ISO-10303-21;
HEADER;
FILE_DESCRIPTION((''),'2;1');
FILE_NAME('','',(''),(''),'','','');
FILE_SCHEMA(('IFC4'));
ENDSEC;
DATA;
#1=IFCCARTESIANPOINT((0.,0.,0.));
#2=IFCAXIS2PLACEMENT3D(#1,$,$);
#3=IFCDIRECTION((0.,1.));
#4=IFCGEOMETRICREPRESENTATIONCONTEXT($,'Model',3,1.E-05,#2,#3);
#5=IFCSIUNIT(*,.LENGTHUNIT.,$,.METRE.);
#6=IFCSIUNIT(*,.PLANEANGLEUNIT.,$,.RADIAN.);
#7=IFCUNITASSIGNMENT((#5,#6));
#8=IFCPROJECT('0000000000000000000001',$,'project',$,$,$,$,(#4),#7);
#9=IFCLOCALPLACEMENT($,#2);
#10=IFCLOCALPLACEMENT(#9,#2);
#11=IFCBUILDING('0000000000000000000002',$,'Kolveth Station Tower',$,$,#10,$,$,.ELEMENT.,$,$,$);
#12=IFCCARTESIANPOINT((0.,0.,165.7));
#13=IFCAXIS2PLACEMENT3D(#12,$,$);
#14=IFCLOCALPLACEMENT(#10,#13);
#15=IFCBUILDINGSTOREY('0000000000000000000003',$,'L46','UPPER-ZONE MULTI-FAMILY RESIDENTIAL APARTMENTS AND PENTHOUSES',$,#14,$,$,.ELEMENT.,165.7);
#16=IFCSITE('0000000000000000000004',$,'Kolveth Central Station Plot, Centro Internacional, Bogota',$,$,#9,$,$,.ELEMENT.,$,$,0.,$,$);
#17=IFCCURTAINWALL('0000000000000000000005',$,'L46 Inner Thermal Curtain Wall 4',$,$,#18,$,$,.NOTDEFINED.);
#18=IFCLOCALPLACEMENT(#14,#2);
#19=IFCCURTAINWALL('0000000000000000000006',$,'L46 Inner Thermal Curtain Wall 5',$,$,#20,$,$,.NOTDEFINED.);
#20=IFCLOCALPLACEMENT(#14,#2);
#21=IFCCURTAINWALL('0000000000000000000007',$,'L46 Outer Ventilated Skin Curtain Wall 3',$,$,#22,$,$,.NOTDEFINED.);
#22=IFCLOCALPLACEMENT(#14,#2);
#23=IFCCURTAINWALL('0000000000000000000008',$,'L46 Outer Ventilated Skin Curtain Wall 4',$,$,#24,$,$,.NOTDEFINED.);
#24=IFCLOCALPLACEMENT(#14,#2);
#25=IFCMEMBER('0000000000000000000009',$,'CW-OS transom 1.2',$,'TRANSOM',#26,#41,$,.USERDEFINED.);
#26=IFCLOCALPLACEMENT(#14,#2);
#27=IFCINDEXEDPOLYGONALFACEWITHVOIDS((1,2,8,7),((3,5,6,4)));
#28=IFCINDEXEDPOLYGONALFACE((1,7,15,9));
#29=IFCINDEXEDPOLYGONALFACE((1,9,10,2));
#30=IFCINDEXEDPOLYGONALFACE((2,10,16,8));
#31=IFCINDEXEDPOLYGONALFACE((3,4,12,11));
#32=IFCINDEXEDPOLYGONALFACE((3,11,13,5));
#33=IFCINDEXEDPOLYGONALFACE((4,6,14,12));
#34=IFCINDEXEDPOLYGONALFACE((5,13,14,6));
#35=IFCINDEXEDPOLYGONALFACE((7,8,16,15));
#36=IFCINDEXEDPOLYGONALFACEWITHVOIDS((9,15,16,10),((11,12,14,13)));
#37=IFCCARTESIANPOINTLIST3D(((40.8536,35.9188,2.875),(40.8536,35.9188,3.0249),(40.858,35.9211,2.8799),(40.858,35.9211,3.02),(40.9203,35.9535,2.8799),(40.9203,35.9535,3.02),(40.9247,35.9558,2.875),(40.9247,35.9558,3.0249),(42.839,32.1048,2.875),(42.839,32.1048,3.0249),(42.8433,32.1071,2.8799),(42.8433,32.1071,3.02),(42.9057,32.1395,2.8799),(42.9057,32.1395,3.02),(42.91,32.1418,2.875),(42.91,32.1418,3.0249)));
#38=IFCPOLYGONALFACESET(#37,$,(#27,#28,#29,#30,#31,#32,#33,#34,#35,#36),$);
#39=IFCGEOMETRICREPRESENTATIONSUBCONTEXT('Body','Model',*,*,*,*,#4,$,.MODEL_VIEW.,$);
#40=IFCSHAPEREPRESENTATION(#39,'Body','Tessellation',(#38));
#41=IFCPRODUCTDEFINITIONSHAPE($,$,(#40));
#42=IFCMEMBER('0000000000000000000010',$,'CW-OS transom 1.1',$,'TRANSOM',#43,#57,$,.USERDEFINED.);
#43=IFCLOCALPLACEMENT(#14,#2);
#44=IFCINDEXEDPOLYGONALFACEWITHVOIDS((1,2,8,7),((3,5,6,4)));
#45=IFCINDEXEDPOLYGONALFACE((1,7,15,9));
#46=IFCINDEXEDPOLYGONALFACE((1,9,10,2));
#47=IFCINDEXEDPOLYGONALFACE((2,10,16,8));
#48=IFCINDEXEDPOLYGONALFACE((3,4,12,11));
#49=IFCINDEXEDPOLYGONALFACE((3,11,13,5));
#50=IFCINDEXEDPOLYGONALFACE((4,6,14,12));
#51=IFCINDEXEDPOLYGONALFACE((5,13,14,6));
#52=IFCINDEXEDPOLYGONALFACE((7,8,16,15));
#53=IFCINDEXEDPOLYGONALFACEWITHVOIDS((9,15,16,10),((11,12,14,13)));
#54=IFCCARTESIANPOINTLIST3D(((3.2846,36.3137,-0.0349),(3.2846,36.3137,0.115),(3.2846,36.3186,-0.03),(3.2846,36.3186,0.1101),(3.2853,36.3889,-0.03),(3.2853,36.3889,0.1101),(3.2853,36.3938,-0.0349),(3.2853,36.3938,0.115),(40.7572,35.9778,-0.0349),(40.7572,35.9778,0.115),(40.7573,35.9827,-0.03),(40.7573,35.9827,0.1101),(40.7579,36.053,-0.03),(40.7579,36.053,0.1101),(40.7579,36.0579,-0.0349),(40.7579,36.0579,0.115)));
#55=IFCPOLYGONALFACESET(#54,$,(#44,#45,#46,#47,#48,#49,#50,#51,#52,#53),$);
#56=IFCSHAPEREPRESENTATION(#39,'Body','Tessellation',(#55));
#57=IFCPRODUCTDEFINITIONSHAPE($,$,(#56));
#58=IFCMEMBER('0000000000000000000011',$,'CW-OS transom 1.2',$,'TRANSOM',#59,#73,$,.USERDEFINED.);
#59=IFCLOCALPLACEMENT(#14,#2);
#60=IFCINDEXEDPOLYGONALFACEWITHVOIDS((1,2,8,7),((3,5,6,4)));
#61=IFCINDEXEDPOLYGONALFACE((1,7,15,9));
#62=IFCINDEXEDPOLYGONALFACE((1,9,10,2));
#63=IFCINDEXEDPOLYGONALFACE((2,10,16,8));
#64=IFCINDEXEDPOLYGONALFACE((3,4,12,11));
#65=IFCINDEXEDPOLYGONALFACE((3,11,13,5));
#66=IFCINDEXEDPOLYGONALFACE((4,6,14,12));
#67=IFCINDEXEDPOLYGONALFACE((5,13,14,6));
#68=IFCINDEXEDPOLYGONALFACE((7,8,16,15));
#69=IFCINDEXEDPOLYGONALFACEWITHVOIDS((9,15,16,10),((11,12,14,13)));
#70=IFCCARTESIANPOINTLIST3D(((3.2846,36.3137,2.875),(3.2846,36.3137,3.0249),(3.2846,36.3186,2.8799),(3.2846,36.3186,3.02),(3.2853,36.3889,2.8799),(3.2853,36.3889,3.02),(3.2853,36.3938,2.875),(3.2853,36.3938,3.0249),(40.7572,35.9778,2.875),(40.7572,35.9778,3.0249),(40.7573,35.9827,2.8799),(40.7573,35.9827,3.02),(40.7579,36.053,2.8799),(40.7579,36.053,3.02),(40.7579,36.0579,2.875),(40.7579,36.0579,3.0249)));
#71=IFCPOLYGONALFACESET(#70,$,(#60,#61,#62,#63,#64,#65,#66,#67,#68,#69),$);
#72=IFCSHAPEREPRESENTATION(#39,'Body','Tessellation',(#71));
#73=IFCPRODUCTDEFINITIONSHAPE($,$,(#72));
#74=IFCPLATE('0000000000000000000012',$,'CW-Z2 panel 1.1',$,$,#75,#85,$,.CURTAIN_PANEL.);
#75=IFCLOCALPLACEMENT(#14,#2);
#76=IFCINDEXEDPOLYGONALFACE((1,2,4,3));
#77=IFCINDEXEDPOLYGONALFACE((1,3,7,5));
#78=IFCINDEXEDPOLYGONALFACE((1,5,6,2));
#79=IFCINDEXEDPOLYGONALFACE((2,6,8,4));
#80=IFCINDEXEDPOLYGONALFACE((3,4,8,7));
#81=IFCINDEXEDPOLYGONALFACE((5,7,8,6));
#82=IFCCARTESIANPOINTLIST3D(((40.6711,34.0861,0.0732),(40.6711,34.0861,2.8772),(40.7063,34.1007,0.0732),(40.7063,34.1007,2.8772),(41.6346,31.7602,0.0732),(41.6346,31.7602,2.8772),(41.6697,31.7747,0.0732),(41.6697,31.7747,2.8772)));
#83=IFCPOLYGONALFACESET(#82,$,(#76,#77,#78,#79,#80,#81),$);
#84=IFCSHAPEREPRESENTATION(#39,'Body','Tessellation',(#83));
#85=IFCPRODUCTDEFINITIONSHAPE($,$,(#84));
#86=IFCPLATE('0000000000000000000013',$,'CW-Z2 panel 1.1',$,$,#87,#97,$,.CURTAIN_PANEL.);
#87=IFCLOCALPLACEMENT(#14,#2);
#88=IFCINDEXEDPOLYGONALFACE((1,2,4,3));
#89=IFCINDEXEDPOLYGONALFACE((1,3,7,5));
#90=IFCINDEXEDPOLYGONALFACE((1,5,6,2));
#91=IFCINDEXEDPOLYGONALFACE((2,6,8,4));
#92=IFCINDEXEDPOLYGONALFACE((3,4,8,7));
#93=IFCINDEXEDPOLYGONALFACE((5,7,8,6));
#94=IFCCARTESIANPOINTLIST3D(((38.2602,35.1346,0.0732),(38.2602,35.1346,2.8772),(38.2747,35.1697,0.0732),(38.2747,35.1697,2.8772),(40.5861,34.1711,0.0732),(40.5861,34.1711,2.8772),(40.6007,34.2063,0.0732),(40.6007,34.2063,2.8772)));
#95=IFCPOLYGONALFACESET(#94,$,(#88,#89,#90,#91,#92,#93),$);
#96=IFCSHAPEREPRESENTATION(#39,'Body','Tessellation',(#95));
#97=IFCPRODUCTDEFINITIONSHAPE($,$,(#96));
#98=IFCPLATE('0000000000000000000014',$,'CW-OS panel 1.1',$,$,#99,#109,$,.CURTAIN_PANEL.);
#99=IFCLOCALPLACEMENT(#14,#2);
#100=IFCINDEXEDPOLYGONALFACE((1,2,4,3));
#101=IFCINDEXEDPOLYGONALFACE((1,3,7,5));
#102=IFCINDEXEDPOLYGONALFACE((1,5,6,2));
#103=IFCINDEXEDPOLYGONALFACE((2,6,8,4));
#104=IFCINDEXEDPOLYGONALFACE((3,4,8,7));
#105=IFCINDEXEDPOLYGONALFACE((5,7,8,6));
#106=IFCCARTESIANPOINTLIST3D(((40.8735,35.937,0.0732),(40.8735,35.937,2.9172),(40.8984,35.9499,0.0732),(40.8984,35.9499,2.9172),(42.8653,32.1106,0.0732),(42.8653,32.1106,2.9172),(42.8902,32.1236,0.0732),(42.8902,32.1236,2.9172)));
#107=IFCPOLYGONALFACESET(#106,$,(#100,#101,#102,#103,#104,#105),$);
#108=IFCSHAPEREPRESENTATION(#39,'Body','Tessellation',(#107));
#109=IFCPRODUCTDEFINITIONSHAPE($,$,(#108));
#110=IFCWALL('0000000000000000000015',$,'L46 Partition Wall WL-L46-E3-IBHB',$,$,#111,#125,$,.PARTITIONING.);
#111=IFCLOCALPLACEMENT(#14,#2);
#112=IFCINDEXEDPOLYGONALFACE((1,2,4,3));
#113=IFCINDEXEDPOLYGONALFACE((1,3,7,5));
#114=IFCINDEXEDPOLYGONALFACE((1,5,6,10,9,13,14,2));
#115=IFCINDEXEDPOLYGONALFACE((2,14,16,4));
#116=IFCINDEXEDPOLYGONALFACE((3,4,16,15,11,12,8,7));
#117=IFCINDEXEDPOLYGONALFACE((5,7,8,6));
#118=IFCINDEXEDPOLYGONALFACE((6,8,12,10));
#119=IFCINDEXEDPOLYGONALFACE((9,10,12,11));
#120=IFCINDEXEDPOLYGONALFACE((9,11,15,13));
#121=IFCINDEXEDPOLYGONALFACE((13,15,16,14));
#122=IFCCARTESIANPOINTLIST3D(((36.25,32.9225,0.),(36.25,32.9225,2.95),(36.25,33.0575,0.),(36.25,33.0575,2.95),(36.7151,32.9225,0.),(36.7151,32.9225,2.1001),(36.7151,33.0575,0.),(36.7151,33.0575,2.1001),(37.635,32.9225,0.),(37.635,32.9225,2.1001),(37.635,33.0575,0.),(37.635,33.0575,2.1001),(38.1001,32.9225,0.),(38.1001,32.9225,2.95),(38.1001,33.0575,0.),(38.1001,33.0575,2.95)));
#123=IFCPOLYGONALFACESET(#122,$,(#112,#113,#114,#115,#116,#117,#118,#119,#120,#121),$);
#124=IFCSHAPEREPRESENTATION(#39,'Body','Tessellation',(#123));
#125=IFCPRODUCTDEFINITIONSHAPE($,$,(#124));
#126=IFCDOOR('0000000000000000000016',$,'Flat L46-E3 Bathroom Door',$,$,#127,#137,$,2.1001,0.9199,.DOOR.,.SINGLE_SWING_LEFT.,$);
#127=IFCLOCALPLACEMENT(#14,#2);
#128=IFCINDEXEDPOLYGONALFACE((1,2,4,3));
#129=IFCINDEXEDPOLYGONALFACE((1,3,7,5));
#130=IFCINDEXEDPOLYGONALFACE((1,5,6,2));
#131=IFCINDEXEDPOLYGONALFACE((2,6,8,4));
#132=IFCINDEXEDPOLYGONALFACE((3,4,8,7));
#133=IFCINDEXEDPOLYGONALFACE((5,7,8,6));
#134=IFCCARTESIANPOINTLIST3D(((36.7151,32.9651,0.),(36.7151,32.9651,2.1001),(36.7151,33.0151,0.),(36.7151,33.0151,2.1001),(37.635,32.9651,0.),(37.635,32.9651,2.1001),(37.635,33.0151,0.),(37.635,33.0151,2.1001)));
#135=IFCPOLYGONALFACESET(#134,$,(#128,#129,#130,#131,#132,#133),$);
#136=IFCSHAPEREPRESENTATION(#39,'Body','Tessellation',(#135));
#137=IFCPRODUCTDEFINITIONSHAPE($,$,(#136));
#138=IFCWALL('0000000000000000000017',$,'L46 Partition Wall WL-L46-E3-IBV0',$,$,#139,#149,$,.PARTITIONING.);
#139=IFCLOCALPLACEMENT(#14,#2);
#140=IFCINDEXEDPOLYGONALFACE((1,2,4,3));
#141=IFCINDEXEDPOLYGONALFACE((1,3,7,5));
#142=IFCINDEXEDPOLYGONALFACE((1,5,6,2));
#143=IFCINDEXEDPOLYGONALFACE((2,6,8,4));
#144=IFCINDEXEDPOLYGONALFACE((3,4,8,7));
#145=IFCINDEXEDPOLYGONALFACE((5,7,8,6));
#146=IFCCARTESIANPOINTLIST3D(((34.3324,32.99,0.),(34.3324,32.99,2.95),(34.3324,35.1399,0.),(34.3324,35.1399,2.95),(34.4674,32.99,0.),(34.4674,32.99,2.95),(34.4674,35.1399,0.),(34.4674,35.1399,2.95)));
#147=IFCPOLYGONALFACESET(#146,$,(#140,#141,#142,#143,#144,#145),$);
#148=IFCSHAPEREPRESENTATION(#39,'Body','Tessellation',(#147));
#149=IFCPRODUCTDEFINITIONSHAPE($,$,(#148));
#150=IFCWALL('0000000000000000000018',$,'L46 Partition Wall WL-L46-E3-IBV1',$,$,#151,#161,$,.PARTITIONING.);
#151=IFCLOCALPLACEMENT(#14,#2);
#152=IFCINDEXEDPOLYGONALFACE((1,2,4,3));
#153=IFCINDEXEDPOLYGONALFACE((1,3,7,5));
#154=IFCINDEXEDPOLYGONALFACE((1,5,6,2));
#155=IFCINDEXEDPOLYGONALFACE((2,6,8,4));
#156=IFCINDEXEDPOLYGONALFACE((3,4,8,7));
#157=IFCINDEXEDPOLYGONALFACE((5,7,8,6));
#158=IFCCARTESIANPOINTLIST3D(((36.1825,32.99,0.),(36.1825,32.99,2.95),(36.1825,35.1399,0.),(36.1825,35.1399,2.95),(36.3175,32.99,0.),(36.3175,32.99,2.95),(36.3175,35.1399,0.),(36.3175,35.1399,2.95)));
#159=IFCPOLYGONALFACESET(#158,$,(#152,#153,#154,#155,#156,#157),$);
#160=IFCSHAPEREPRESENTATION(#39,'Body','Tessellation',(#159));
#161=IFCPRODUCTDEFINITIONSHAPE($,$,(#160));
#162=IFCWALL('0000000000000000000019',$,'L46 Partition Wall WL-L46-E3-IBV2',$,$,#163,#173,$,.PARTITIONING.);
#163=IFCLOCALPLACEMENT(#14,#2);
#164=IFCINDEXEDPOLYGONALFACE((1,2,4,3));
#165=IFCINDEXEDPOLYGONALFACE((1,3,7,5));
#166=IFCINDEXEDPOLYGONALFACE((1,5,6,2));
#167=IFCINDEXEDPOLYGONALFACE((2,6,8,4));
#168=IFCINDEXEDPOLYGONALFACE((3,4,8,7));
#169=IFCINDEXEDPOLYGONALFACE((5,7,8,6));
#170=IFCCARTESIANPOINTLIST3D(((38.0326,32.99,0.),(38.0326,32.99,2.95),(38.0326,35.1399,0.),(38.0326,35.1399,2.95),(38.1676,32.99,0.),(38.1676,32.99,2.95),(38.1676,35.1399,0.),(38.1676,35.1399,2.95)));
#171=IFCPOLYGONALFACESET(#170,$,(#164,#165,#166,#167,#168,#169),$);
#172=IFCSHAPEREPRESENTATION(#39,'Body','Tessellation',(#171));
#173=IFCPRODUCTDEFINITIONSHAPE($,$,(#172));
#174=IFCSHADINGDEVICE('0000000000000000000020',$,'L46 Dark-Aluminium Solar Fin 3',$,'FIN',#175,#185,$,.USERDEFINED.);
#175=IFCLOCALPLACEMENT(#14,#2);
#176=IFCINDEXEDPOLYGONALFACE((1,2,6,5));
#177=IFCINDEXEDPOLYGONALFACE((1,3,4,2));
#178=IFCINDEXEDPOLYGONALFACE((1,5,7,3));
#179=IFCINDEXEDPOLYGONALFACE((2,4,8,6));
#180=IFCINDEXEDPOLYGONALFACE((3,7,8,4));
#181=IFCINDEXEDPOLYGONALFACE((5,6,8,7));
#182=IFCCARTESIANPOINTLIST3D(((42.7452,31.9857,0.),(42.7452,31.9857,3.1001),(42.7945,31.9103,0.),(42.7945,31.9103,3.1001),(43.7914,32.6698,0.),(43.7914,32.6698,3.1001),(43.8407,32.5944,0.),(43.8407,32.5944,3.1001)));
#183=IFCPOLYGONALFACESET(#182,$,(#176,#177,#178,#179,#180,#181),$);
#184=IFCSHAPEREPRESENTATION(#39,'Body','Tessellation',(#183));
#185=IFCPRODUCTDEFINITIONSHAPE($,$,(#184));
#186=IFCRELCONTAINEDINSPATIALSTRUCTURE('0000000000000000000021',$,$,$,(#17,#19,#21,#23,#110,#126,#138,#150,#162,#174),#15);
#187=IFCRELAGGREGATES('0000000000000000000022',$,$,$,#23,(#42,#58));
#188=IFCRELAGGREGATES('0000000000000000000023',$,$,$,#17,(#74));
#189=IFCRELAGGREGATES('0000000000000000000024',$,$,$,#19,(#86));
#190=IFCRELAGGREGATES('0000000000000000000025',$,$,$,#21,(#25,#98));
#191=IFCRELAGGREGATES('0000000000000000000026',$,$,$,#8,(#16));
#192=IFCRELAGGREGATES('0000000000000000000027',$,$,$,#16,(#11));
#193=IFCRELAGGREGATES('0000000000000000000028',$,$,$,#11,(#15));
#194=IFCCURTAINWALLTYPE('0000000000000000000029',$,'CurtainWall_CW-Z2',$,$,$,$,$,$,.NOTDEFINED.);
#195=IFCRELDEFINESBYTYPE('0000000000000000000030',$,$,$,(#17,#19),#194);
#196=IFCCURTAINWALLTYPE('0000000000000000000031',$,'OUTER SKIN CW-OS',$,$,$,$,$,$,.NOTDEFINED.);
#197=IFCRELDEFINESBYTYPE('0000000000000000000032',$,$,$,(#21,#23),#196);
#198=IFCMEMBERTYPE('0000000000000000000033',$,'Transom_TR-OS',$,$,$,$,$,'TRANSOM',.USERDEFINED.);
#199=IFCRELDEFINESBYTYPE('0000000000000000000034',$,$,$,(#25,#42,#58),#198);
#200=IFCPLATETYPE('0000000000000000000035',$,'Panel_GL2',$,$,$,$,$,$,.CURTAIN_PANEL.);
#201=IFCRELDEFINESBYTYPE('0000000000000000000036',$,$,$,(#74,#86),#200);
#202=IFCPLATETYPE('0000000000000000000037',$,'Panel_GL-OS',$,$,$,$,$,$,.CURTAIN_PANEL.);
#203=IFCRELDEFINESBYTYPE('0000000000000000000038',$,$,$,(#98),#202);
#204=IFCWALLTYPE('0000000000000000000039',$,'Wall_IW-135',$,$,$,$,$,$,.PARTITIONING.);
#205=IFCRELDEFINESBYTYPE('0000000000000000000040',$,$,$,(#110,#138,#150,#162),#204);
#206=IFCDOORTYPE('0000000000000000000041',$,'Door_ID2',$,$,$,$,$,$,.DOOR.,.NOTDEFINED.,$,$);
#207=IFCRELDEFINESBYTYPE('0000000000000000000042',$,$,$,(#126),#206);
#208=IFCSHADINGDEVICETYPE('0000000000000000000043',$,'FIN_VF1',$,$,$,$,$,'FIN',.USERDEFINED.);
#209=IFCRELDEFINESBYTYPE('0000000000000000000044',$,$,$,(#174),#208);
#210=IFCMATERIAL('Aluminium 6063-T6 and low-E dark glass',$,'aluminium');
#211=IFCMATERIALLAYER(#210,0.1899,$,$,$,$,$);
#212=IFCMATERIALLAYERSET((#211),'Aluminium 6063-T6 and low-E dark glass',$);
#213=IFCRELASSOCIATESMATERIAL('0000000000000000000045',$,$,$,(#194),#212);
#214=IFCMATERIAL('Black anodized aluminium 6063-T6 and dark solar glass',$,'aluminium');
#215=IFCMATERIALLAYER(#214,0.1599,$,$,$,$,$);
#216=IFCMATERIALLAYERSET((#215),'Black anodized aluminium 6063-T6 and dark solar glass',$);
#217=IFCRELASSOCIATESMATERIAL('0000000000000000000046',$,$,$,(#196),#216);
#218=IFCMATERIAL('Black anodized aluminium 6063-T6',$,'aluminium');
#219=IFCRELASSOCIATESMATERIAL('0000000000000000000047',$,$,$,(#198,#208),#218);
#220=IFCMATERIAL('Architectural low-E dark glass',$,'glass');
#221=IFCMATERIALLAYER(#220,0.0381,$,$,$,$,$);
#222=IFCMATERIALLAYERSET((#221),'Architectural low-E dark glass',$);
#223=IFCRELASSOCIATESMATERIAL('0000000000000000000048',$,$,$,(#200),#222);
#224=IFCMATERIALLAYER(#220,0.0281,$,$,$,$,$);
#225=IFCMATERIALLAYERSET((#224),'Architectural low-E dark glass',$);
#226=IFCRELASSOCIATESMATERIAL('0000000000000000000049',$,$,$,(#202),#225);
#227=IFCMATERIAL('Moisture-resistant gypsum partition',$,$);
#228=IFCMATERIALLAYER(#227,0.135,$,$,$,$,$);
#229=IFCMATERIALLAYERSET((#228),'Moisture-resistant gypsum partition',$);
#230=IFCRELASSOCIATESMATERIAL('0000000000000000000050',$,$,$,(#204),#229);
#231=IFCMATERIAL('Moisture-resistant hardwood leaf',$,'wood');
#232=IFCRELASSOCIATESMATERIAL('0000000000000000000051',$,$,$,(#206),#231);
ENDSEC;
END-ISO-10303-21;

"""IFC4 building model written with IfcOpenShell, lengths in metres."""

from ifc_helpers import new_model, si_unit, direction, frame, frame_2d, origin, origin_2d, place, context, subcontext, project, spatial, rectangle, hollow_rectangle, extrude, source, transform, mapped, material, layer, layer_set, material_profile, profile_set, type_object, element, fill, aggregate, save


model = new_model("IFC4")

# Units and contexts
model_context = context("Model", 3, precision=1e-05, world=origin(), true_north=direction((0.0, 1.0)))
body_context = subcontext(model_context, "Body", "Model", "MODEL_VIEW")
ifc_project = project(units=[si_unit("LENGTHUNIT", "METRE"), si_unit("PLANEANGLEUNIT", "RADIAN")], contexts=[model_context])

# Site, building, storey
site_placement = place(None, origin())
site = spatial("IfcSite", under=ifc_project, at=site_placement, Name="Kolveth Central Station Plot, Centro Internacional, Bogota", CompositionType="ELEMENT", RefElevation=0.0)
building_placement = place(site_placement, origin())
building = spatial("IfcBuilding", under=site, at=building_placement, Name="Kolveth Station Tower", CompositionType="ELEMENT")
storey_placement = place(building_placement, frame((0.0, 0.0, 165.7)))
storey = spatial("IfcBuildingStorey", under=building, at=storey_placement, Name="L46", Description="UPPER-ZONE MULTI-FAMILY RESIDENTIAL APARTMENTS AND PENTHOUSES", CompositionType="ELEMENT", Elevation=165.7)

# Curtain wall
ifc_material_1 = material(Name="Aluminium 6063-T6 and low-E dark glass", Category="aluminium")
ifc_layer_1 = layer(ifc_material_1, 0.1899)
ifc_layer_set_1 = layer_set([ifc_layer_1], Name="Aluminium 6063-T6 and low-E dark glass")
curtain_wall_type_1 = type_object("IfcCurtainWallType", Name="CurtainWall_CW-Z2", PredefinedType="NOTDEFINED", material=ifc_layer_set_1)
curtain_wall_1_placement = place(storey_placement, origin())
curtain_wall_1 = element("IfcCurtainWall", 1, at=curtain_wall_1_placement, inside=storey, type_object=curtain_wall_type_1, Name="L46 Inner Thermal Curtain Wall 4", PredefinedType="NOTDEFINED")
ifc_material_2 = material(Name="Black anodized aluminium 6063-T6", Category="aluminium")

# Curtain wall
curtain_wall_2_placement = place(storey_placement, origin())
curtain_wall_2 = element("IfcCurtainWall", 2, at=curtain_wall_2_placement, inside=storey, type_object=curtain_wall_type_1, Name="L46 Inner Thermal Curtain Wall 5", PredefinedType="NOTDEFINED")

# Curtain walls
ifc_material_3 = material(Name="Black anodized aluminium 6063-T6 and dark solar glass", Category="aluminium")
ifc_layer_2 = layer(ifc_material_3, 0.1599)
ifc_layer_set_2 = layer_set([ifc_layer_2], Name="Black anodized aluminium 6063-T6 and dark solar glass")
curtain_wall_type_2 = type_object("IfcCurtainWallType", Name="OUTER SKIN CW-OS", PredefinedType="NOTDEFINED", material=ifc_layer_set_2)
curtain_wall_3_placement = place(storey_placement, origin())
curtain_wall_3 = element("IfcCurtainWall", 3, at=curtain_wall_3_placement, inside=storey, type_object=curtain_wall_type_2, Name="L46 Outer Ventilated Skin Curtain Wall 3", PredefinedType="NOTDEFINED")
curtain_wall_4_placement = place(storey_placement, origin())
curtain_wall_4 = element("IfcCurtainWall", 4, at=curtain_wall_4_placement, inside=storey, type_object=curtain_wall_type_2, Name="L46 Outer Ventilated Skin Curtain Wall 4", PredefinedType="NOTDEFINED")

# Members
ifc_material_profile_1 = material_profile(ifc_material_2, hollow_rectangle(XDim=0.0801, YDim=0.1499, WallThickness=0.0049, at=origin_2d()), Name="ALU-80x150x5")
ifc_profile_set_1 = profile_set([ifc_material_profile_1], Name="Black anodized aluminium 6063-T6")
member_type_1 = type_object("IfcMemberType", Name="Transom_TR-OS", ElementType="TRANSOM", PredefinedType="USERDEFINED", material=ifc_profile_set_1)
shared_shape_1 = source(origin(), body_context, "Body", "SweptSolid", [
    extrude(hollow_rectangle(XDim=0.0801, YDim=0.1499, WallThickness=0.0049, at=origin_2d()), origin(), (0.0, 0.0, 1.0), 4.2998),
])
member_1_placement = place(storey_placement, frame((42.8745, 32.1233, 2.95), z_axis=(-0.461735, 0.887018, 0.0), x_axis=(-0.887018, -0.461735, 0.0)))
member_1 = element("IfcMember", 5, at=member_1_placement, type_object=member_type_1, Name="CW-OS transom 1.2", ObjectType="TRANSOM", PredefinedType="USERDEFINED", context=body_context, shape_type="MappedRepresentation", body=[
    mapped(shared_shape_1, transform((0.0, 0.0, 0.0), x_axis=(1.0, 0.0, 0.0), y_axis=(0.0, 1.0, 0.0), z_axis=(0.0, 0.0, 1.0), scale=1.0)),
])
shared_shape_2 = source(origin(), body_context, "Body", "SweptSolid", [
    extrude(hollow_rectangle(XDim=0.0801, YDim=0.1499, WallThickness=0.0049, at=origin_2d()), origin(), (0.0, 0.0, 1.0), 37.4741),
])
member_2_placement = place(storey_placement, frame((40.7576, 36.0178, 0.04), z_axis=(-0.99996, 0.008965, 0.0), x_axis=(-0.008965, -0.99996, 0.0)))
member_2 = element("IfcMember", 6, at=member_2_placement, type_object=member_type_1, Name="CW-OS transom 1.1", ObjectType="TRANSOM", PredefinedType="USERDEFINED", context=body_context, shape_type="MappedRepresentation", body=[
    mapped(shared_shape_2, transform((0.0, 0.0, 0.0), x_axis=(1.0, 0.0, 0.0), y_axis=(0.0, 1.0, 0.0), z_axis=(0.0, 0.0, 1.0), scale=1.0)),
])
member_3_placement = place(storey_placement, frame((40.7576, 36.0178, 2.95), z_axis=(-0.99996, 0.008965, 0.0), x_axis=(-0.008965, -0.99996, 0.0)))
member_3 = element("IfcMember", 7, at=member_3_placement, type_object=member_type_1, Name="CW-OS transom 1.2", ObjectType="TRANSOM", PredefinedType="USERDEFINED", context=body_context, shape_type="MappedRepresentation", body=[
    mapped(shared_shape_2, transform((0.0, 0.0, 0.0), x_axis=(1.0, 0.0, 0.0), y_axis=(0.0, 1.0, 0.0), z_axis=(0.0, 0.0, 1.0), scale=1.0)),
])
aggregate(curtain_wall_4, [member_2, member_3])

# Plates
ifc_material_4 = material(Name="Architectural low-E dark glass", Category="glass")
ifc_layer_3 = layer(ifc_material_4, 0.0381)
ifc_layer_set_3 = layer_set([ifc_layer_3], Name="Architectural low-E dark glass")
plate_type_1 = type_object("IfcPlateType", Name="Panel_GL2", PredefinedType="CURTAIN_PANEL", material=ifc_layer_set_3)
shared_shape_3 = source(origin(), body_context, "Body", "SweptSolid", [
    extrude(rectangle(XDim=2.5176, YDim=0.0381, at=origin_2d()), origin(), (0.0, 0.0, 1.0), 2.804),
])
plate_1_placement = place(storey_placement, frame((41.1704, 32.9304, 0.0732), z_axis=(0.0, 0.0, 1.0), x_axis=(-0.382698, 0.923874, 0.0)))
plate_1 = element("IfcPlate", 8, at=plate_1_placement, type_object=plate_type_1, Name="CW-Z2 panel 1.1", PredefinedType="CURTAIN_PANEL", context=body_context, shape_type="MappedRepresentation", body=[
    mapped(shared_shape_3, transform((0.0, 0.0, 0.0), x_axis=(1.0, 0.0, 0.0), y_axis=(0.0, 1.0, 0.0), z_axis=(0.0, 0.0, 1.0), scale=1.0)),
])
aggregate(curtain_wall_1, [plate_1])
plate_2_placement = place(storey_placement, frame((39.4304, 34.6704, 0.0732), z_axis=(0.0, 0.0, 1.0), x_axis=(-0.923874, 0.382698, 0.0)))
plate_2 = element("IfcPlate", 9, at=plate_2_placement, type_object=plate_type_1, Name="CW-Z2 panel 1.1", PredefinedType="CURTAIN_PANEL", context=body_context, shape_type="MappedRepresentation", body=[
    mapped(shared_shape_3, transform((0.0, 0.0, 0.0), x_axis=(1.0, 0.0, 0.0), y_axis=(0.0, 1.0, 0.0), z_axis=(0.0, 0.0, 1.0), scale=1.0)),
])
aggregate(curtain_wall_2, [plate_2])
ifc_layer_4 = layer(ifc_material_4, 0.0281)
ifc_layer_set_4 = layer_set([ifc_layer_4], Name="Architectural low-E dark glass")
plate_type_2 = type_object("IfcPlateType", Name="Panel_GL-OS", PredefinedType="CURTAIN_PANEL", material=ifc_layer_set_4)
shared_shape_4 = source(origin(), body_context, "Body", "SweptSolid", [
    extrude(rectangle(XDim=4.3137, YDim=0.0281, at=origin_2d()), origin(), (0.0, 0.0, 1.0), 2.844),
])
plate_3_placement = place(storey_placement, frame((41.8818, 34.0303, 0.0732), z_axis=(0.0, 0.0, 1.0), x_axis=(-0.461744, 0.887013, 0.0)))
plate_3 = element("IfcPlate", 10, at=plate_3_placement, type_object=plate_type_2, Name="CW-OS panel 1.1", PredefinedType="CURTAIN_PANEL", context=body_context, shape_type="MappedRepresentation", body=[
    mapped(shared_shape_4, transform((0.0, 0.0, 0.0), x_axis=(1.0, 0.0, 0.0), y_axis=(0.0, 1.0, 0.0), z_axis=(0.0, 0.0, 1.0), scale=1.0)),
])
aggregate(curtain_wall_3, [member_1, plate_3])

# Wall, opening, door
ifc_material_5 = material(Name="Moisture-resistant gypsum partition")
ifc_layer_5 = layer(ifc_material_5, 0.135)
ifc_layer_set_5 = layer_set([ifc_layer_5], Name="Moisture-resistant gypsum partition")
wall_type = type_object("IfcWallType", Name="Wall_IW-135", PredefinedType="PARTITIONING", material=ifc_layer_set_5)
wall_1_placement = place(storey_placement, frame((36.25, 32.99, 0.0), z_axis=(0.0, 0.0, 1.0), x_axis=(1.0, 0.0, 0.0)))
wall_1 = element("IfcWall", 11, at=wall_1_placement, inside=storey, type_object=wall_type, Name="L46 Partition Wall WL-L46-E3-IBHB", PredefinedType="PARTITIONING", context=body_context, shape_type="SweptSolid", body=[
    extrude(rectangle(XDim=1.8501, YDim=0.135, at=frame_2d((0.925, 0.0))), origin(), (0.0, 0.0, 1.0), 2.95),
])
opening_1_placement = place(wall_1_placement, frame((0.4651, 0.0, 0.0)))
opening_1 = element("IfcOpeningElement", 12, at=opening_1_placement, cuts=wall_1, PredefinedType="OPENING", context=body_context, shape_type="SweptSolid", body=[
    extrude(rectangle(XDim=0.9199, YDim=2.1001, at=frame_2d((0.46, 1.05))), frame((0.0, 0.0774, 0.0), z_axis=(0.0, -1.0, 0.0), x_axis=(1.0, 0.0, 0.0)), (0.0, 0.0, 1.0), 0.155),
])
ifc_material_6 = material(Name="Moisture-resistant hardwood leaf", Category="wood")
door_type_1 = type_object("IfcDoorType", Name="Door_ID2", OperationType="NOTDEFINED", PredefinedType="DOOR", material=ifc_material_6)
door_1_placement = place(opening_1_placement, frame((0.9199, 0.0, 0.0), z_axis=(0.0, 0.0, 1.0), x_axis=(-1.0, 0.0, 0.0)))
door_1 = element("IfcDoor", 13, at=door_1_placement, inside=storey, type_object=door_type_1, Name="Flat L46-E3 Bathroom Door", OperationType="SINGLE_SWING_LEFT", OverallHeight=2.1001, OverallWidth=0.9199, PredefinedType="DOOR", context=body_context, shape_type="SweptSolid", body=[
    extrude(rectangle(XDim=0.9199, YDim=2.1001, at=frame_2d((0.46, 1.05))), frame((0.0, 0.0249, 0.0), z_axis=(0.0, -1.0, 0.0), x_axis=(1.0, 0.0, 0.0)), (0.0, 0.0, 1.0), 0.05),
])
fill(opening_1, door_1)

# Walls
for number, where, z_axis, x_axis, name in (
    (14, (34.3999, 32.99, 0.0), (0.0, 0.0, 1.0), (0.0, 1.0, 0.0), "L46 Partition Wall WL-L46-E3-IBV0"),
    (15, (36.25, 32.99, 0.0), (0.0, 0.0, 1.0), (0.0, 1.0, 0.0), "L46 Partition Wall WL-L46-E3-IBV1"),
    (16, (38.1001, 32.99, 0.0), (0.0, 0.0, 1.0), (0.0, 1.0, 0.0), "L46 Partition Wall WL-L46-E3-IBV2"),
):
    element("IfcWall", number, at=place(storey_placement, frame(where, z_axis=z_axis, x_axis=x_axis)), inside=storey, type_object=wall_type, Name=name, PredefinedType="PARTITIONING", context=body_context, shape_type="SweptSolid", body=[
        extrude(rectangle(XDim=2.1499, YDim=0.135, at=frame_2d((1.075, 0.0))), origin(), (0.0, 0.0, 1.0), 2.95),
    ])

# Shading device
shading_device_type = type_object("IfcShadingDeviceType", Name="FIN_VF1", ElementType="FIN", PredefinedType="USERDEFINED", material=ifc_material_2)
shared_shape_5 = source(origin(), body_context, "Body", "SweptSolid", [
    extrude(rectangle(XDim=1.25, YDim=0.0901, at=origin_2d()), origin(), (0.0, 0.0, 1.0), 3.1001),
])
for number, where, z_axis, x_axis, name in (
    (17, (43.293, 32.29, 0.0), (0.0, 0.0, 1.0), (0.836955, 0.547271, 0.0), "L46 Dark-Aluminium Solar Fin 3"),
):
    element("IfcShadingDevice", number, at=place(storey_placement, frame(where, z_axis=z_axis, x_axis=x_axis)), inside=storey, type_object=shading_device_type, Name=name, ObjectType="FIN", PredefinedType="USERDEFINED", context=body_context, shape_type="MappedRepresentation", body=[
        mapped(shared_shape_5, transform((0.0, 0.0, 0.0), x_axis=(1.0, 0.0, 0.0), y_axis=(0.0, 1.0, 0.0), z_axis=(0.0, 0.0, 1.0), scale=1.0)),
    ])

save(model, "model.ifc")
